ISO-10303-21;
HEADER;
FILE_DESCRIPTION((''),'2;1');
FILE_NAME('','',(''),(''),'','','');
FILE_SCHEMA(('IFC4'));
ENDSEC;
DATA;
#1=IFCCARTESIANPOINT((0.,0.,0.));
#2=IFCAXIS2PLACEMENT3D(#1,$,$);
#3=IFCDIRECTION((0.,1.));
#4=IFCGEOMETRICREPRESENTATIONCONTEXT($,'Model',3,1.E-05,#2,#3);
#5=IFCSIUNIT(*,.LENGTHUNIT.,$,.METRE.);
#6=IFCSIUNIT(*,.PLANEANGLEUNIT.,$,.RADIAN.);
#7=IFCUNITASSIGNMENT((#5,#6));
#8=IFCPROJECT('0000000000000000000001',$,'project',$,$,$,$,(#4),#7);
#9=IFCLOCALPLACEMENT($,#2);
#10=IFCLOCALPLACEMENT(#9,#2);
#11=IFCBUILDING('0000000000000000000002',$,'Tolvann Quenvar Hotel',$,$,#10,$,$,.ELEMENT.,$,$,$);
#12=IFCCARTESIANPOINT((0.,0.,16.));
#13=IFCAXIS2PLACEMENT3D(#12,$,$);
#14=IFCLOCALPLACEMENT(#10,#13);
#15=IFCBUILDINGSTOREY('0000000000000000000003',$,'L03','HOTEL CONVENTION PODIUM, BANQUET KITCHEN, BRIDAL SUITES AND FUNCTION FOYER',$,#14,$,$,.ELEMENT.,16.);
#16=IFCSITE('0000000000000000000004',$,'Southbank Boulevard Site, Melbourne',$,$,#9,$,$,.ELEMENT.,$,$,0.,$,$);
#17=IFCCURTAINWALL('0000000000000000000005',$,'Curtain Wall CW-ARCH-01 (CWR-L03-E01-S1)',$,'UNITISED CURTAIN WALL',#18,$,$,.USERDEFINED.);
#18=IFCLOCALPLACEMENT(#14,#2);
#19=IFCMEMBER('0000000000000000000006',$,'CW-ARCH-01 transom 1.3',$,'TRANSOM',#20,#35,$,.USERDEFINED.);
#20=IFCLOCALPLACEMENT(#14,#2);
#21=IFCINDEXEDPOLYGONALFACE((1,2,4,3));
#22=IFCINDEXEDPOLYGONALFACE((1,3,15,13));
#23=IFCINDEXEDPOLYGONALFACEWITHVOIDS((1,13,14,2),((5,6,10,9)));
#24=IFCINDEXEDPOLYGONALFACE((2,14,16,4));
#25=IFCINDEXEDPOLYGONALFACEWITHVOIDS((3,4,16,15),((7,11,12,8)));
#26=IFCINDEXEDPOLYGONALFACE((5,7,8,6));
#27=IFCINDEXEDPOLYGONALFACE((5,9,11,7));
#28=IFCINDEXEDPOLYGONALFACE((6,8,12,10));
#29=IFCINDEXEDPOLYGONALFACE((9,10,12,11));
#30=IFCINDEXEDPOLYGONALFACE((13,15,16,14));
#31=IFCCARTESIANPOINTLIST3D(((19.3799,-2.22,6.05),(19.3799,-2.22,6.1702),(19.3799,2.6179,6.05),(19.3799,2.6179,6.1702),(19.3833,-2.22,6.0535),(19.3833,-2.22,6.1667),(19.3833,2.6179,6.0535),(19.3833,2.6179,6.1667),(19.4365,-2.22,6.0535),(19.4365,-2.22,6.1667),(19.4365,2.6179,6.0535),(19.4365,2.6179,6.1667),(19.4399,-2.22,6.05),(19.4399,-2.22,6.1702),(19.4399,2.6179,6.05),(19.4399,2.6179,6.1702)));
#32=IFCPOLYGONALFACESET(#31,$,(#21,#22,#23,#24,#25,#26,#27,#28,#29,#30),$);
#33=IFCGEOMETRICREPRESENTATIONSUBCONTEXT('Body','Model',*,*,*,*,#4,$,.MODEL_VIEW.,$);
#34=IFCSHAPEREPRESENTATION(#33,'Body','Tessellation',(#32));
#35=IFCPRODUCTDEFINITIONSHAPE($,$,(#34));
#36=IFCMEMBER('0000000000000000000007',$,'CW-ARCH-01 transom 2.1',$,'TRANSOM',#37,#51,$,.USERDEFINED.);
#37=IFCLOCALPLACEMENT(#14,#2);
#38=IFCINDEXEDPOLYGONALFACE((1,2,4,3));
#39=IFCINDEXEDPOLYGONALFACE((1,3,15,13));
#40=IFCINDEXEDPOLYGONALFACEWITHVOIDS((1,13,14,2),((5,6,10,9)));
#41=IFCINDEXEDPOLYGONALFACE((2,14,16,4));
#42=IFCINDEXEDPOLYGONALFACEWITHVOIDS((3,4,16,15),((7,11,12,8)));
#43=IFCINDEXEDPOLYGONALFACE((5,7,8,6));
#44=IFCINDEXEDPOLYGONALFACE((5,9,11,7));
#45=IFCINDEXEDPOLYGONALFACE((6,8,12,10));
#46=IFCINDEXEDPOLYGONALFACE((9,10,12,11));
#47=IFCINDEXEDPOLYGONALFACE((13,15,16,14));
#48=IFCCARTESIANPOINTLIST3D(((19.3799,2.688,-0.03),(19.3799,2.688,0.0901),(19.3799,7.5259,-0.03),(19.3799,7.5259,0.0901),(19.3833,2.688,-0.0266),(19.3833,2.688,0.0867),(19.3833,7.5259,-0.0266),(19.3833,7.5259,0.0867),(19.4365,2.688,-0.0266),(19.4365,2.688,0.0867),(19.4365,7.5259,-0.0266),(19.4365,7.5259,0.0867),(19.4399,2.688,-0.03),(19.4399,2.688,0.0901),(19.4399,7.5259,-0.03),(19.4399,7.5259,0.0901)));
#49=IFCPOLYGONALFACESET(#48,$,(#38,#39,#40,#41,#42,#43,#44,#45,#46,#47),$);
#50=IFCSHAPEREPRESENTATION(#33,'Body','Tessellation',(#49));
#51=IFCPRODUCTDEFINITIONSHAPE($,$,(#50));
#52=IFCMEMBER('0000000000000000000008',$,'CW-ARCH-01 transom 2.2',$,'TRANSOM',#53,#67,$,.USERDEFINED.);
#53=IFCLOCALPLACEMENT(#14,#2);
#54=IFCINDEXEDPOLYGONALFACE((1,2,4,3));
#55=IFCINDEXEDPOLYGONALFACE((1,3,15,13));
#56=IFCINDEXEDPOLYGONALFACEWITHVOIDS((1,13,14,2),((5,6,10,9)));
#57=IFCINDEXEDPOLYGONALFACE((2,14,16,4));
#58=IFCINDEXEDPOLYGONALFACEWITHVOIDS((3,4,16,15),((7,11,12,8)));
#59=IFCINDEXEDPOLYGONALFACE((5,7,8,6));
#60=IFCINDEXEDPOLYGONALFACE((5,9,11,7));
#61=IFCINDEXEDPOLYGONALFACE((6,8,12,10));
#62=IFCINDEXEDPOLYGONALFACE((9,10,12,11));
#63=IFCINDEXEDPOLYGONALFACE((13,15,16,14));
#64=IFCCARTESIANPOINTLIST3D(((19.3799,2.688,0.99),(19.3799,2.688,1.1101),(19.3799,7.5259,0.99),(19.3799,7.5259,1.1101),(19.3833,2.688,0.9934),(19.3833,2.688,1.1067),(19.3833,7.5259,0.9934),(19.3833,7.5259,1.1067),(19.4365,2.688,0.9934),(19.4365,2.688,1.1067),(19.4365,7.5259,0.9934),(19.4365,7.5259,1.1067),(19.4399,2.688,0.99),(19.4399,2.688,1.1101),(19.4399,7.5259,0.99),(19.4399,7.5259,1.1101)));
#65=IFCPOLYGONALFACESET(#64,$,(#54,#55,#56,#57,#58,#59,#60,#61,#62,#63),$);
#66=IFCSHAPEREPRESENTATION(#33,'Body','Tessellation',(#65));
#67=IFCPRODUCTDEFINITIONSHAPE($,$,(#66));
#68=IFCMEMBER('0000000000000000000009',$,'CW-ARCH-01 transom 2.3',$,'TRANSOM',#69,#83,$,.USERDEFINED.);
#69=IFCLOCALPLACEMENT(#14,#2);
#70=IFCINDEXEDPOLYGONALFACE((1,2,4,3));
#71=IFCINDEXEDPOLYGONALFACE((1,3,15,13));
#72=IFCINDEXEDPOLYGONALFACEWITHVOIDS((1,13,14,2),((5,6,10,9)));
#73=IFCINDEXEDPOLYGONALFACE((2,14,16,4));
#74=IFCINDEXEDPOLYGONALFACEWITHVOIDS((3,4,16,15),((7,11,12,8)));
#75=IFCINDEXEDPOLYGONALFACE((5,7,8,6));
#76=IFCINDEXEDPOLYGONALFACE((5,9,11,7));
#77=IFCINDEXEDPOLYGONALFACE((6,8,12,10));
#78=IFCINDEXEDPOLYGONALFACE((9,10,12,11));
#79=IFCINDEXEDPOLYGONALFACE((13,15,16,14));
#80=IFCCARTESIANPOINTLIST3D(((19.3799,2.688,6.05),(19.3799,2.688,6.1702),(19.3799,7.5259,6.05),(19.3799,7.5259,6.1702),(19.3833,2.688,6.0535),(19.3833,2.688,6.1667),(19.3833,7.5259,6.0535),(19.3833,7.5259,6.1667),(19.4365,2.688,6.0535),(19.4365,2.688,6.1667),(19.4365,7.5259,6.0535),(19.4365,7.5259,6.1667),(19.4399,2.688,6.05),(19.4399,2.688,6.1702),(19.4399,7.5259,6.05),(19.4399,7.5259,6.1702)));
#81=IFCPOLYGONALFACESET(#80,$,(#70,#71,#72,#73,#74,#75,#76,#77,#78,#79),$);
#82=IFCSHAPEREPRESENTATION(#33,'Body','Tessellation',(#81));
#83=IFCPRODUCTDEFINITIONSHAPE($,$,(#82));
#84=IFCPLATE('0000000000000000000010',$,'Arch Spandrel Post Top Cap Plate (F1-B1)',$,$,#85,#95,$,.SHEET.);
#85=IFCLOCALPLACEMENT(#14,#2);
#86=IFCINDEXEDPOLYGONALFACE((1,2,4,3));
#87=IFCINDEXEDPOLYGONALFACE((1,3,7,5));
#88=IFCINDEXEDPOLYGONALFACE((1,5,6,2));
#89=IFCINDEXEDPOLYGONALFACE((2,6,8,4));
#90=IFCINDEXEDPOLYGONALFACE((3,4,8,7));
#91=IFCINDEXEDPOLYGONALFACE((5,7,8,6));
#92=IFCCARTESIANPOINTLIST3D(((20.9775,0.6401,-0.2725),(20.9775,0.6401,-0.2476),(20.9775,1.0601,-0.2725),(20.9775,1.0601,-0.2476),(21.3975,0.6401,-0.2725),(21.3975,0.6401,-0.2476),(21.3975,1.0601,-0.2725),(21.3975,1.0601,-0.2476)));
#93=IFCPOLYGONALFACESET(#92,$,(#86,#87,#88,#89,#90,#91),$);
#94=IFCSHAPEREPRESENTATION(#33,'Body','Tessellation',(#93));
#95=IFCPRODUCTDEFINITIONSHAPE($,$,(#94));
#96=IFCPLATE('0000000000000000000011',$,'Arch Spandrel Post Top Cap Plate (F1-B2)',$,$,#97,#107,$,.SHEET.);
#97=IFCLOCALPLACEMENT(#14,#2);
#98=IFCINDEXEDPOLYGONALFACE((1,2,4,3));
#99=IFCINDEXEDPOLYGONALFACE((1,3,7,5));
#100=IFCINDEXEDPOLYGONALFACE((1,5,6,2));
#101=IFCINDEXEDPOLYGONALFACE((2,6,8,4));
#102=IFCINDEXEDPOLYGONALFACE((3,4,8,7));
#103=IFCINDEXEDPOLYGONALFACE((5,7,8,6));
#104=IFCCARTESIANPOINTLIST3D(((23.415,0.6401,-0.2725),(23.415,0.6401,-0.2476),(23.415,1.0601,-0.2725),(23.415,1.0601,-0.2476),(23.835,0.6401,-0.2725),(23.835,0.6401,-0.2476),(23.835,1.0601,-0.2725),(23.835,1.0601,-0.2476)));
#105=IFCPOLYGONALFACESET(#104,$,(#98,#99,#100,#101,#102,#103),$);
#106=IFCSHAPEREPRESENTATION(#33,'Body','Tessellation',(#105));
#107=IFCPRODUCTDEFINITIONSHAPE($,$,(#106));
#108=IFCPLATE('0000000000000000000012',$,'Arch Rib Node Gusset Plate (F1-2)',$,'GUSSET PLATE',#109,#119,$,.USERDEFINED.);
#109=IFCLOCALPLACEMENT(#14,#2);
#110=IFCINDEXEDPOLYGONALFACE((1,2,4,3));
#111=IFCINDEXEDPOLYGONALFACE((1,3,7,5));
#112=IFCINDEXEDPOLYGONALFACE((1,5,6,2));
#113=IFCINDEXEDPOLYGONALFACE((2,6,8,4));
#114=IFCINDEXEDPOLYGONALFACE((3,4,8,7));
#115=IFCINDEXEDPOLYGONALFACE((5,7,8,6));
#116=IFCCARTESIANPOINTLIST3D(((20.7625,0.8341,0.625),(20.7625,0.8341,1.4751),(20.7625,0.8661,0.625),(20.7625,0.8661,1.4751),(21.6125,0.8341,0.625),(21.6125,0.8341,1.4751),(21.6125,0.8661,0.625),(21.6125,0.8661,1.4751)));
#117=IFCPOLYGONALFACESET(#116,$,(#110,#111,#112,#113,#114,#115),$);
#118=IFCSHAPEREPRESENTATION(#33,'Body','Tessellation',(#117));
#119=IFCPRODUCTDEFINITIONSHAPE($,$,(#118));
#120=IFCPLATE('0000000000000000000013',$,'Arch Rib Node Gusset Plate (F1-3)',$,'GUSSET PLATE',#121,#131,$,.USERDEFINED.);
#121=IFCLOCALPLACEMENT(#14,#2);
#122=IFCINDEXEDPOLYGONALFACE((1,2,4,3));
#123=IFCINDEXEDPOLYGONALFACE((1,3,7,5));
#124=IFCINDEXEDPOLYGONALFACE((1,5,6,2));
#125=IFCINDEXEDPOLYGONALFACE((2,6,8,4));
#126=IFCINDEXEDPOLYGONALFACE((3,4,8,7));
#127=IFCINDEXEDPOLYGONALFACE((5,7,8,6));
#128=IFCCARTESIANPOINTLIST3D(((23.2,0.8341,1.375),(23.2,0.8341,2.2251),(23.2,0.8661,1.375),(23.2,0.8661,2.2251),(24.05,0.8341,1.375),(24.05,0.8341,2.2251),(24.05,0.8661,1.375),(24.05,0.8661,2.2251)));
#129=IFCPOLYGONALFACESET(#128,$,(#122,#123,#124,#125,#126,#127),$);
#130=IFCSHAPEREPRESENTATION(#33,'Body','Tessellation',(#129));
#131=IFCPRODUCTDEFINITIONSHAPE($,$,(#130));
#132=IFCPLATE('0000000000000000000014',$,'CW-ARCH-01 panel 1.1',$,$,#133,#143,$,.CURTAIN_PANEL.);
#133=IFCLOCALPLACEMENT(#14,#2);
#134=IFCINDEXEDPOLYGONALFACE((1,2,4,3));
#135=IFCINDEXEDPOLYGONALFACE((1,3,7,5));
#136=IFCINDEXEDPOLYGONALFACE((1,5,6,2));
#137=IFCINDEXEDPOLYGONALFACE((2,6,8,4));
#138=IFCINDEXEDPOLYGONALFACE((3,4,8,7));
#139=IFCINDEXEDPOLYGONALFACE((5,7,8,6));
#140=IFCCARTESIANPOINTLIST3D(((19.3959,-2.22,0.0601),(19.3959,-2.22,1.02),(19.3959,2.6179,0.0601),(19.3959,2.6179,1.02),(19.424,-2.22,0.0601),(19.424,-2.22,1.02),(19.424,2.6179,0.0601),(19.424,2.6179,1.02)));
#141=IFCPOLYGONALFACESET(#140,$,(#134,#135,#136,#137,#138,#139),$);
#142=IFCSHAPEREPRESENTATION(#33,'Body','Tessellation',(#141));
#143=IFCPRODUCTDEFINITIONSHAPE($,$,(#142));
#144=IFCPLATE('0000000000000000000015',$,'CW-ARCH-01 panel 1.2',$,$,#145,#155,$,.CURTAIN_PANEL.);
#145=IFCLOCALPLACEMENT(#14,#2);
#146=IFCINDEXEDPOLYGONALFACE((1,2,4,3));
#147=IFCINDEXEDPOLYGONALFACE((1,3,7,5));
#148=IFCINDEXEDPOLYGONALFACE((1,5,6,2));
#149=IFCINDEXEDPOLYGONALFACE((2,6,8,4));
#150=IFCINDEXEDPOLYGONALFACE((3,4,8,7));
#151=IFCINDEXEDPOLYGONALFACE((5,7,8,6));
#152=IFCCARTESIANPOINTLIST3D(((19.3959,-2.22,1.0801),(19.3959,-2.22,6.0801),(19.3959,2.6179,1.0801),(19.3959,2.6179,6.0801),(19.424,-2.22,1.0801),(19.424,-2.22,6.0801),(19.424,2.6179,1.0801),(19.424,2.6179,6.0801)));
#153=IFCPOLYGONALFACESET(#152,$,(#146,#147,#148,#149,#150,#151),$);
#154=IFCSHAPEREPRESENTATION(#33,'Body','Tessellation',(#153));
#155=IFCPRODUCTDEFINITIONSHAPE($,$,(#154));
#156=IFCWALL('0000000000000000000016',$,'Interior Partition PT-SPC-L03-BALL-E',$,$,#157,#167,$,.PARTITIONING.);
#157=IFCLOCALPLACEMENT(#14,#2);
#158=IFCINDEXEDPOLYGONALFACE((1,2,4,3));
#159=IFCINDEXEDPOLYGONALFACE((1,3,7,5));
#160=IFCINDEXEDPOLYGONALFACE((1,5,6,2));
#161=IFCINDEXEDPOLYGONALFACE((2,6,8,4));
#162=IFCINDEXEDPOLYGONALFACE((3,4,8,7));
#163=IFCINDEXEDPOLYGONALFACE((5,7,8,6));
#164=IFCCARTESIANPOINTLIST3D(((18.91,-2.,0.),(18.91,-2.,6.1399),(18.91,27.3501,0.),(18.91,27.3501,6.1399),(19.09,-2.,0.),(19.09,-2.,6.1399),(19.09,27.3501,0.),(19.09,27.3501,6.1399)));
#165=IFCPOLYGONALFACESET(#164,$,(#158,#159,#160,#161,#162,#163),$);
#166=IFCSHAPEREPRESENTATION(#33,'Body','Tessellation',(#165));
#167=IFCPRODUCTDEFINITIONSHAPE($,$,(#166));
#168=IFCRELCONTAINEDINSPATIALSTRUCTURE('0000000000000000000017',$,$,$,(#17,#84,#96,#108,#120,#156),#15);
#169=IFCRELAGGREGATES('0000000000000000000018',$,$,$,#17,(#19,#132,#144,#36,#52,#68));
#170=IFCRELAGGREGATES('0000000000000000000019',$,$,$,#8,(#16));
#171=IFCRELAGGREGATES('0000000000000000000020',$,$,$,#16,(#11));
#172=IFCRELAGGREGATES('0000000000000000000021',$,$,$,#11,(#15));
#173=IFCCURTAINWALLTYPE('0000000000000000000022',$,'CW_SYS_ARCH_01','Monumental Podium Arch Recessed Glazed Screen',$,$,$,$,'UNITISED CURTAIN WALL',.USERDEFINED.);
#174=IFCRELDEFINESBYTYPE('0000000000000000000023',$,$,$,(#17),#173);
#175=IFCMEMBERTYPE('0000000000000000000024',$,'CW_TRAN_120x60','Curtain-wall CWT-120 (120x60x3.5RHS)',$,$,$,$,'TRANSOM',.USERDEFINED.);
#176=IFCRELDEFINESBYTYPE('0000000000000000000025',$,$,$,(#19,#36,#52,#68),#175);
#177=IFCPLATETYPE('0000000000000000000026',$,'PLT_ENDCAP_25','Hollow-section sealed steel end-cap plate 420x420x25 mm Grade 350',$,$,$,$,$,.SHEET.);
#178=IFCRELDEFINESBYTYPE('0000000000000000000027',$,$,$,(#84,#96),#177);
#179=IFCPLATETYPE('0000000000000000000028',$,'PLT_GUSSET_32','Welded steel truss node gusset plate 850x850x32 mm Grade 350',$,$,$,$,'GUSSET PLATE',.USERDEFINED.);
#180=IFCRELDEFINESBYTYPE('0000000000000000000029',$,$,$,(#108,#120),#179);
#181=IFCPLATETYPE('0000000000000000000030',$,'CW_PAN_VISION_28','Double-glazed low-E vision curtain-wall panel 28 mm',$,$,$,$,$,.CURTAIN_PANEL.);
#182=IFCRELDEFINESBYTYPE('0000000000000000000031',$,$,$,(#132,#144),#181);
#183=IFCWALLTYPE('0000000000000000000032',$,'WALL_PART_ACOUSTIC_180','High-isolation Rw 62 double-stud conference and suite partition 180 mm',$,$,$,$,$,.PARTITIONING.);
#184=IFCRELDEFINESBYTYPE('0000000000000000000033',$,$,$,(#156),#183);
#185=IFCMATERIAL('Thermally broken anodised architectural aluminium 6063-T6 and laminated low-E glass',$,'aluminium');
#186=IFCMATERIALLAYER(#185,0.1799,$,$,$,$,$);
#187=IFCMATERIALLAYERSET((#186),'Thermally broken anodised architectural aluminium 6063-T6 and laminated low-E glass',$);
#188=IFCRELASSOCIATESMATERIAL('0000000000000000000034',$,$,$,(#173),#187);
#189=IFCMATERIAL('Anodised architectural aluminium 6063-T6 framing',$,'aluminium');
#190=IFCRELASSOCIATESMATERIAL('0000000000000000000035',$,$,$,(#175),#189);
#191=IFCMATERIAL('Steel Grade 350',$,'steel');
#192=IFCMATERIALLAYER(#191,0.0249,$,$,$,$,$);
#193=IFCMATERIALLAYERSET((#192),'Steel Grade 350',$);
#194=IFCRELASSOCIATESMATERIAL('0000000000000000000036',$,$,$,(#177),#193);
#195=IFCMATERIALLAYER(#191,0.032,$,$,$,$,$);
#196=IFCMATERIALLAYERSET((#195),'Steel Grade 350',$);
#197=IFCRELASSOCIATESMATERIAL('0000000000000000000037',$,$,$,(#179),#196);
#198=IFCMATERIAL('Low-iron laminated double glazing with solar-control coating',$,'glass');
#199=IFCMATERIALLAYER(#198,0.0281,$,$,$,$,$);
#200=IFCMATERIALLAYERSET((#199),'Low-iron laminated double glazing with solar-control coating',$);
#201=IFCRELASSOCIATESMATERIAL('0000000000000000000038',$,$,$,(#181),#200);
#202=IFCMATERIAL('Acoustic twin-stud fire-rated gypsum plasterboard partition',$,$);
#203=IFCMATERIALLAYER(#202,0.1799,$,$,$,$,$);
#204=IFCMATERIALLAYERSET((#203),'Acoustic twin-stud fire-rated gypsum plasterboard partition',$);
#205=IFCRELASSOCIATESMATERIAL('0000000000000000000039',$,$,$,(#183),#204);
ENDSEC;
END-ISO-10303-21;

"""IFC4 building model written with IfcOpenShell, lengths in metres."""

from ifc_helpers import new_model, si_unit, direction, frame, frame_2d, origin, origin_2d, place, context, subcontext, project, spatial, rectangle, hollow_rectangle, extrude, source, transform, mapped, material, layer, layer_set, material_profile, profile_set, type_object, type_shapes, element, aggregate, save


model = new_model("IFC4")

# Units and contexts
model_context = context("Model", 3, precision=1e-05, world=origin(), true_north=direction((0.0, 1.0)))
body_context = subcontext(model_context, "Body", "Model", "MODEL_VIEW")
ifc_project = project(units=[si_unit("LENGTHUNIT", "METRE"), si_unit("PLANEANGLEUNIT", "RADIAN")], contexts=[model_context])

# Site, building, storey
site_placement = place(None, origin())
site = spatial("IfcSite", under=ifc_project, at=site_placement, Name="Southbank Boulevard Site, Melbourne", CompositionType="ELEMENT", RefElevation=0.0)
building_placement = place(site_placement, origin())
building = spatial("IfcBuilding", under=site, at=building_placement, Name="Tolvann Quenvar Hotel", CompositionType="ELEMENT")
storey_placement = place(building_placement, frame((0.0, 0.0, 16.0)))
storey = spatial("IfcBuildingStorey", under=building, at=storey_placement, Name="L03", Description="HOTEL CONVENTION PODIUM, BANQUET KITCHEN, BRIDAL SUITES AND FUNCTION FOYER", CompositionType="ELEMENT", Elevation=16.0)

# Shared definitions
ifc_material_1 = material(Name="Steel Grade 350", Category="steel")

# Curtain wall
ifc_material_2 = material(Name="Thermally broken anodised architectural aluminium 6063-T6 and laminated low-E glass", Category="aluminium")
ifc_layer_1 = layer(ifc_material_2, 0.1799)
ifc_layer_set_1 = layer_set([ifc_layer_1], Name="Thermally broken anodised architectural aluminium 6063-T6 and laminated low-E glass")
curtain_wall_type_1 = type_object("IfcCurtainWallType", Name="CW_SYS_ARCH_01", Description="Monumental Podium Arch Recessed Glazed Screen", ElementType="UNITISED CURTAIN WALL", PredefinedType="USERDEFINED", material=ifc_layer_set_1)
curtain_wall_1_placement = place(storey_placement, origin())
curtain_wall_1 = element("IfcCurtainWall", 1, at=curtain_wall_1_placement, inside=storey, type_object=curtain_wall_type_1, Name="Curtain Wall CW-ARCH-01 (CWR-L03-E01-S1)", ObjectType="UNITISED CURTAIN WALL", PredefinedType="USERDEFINED")
ifc_material_3 = material(Name="Anodised architectural aluminium 6063-T6 framing", Category="aluminium")

# Members
ifc_material_profile_1 = material_profile(ifc_material_3, hollow_rectangle(XDim=0.0601, YDim=0.1201, WallThickness=0.0034, at=origin_2d()), Name="120x60x3.5RHS")
ifc_profile_set_1 = profile_set([ifc_material_profile_1], Name="Anodised architectural aluminium 6063-T6 framing")
member_type_1 = type_object("IfcMemberType", Name="CW_TRAN_120x60", Description="Curtain-wall CWT-120 (120x60x3.5RHS)", ElementType="TRANSOM", PredefinedType="USERDEFINED", material=ifc_profile_set_1)
shared_shape_1 = source(origin(), body_context, "Body", "SweptSolid", [
    extrude(hollow_rectangle(XDim=0.0601, YDim=0.1201, WallThickness=0.0034, at=origin_2d()), origin(), (0.0, 0.0, 1.0), 4.8379),
])
type_shapes(member_type_1, [shared_shape_1])
member_1_placement = place(storey_placement, frame((19.4099, -2.22, 6.1101), z_axis=(0.0, 1.0, 0.0), x_axis=(-1.0, 0.0, 0.0)))
member_1 = element("IfcMember", 2, at=member_1_placement, type_object=member_type_1, Name="CW-ARCH-01 transom 1.3", ObjectType="TRANSOM", PredefinedType="USERDEFINED", context=body_context, shape_type="MappedRepresentation", body=[
    mapped(shared_shape_1, transform((0.0, 0.0, 0.0), x_axis=(1.0, 0.0, 0.0), y_axis=(0.0, 1.0, 0.0), z_axis=(0.0, 0.0, 1.0), scale=1.0)),
])
member_2_placement = place(storey_placement, frame((19.4099, 2.688, 0.03), z_axis=(0.0, 1.0, 0.0), x_axis=(-1.0, 0.0, 0.0)))
member_2 = element("IfcMember", 3, at=member_2_placement, type_object=member_type_1, Name="CW-ARCH-01 transom 2.1", ObjectType="TRANSOM", PredefinedType="USERDEFINED", context=body_context, shape_type="MappedRepresentation", body=[
    mapped(shared_shape_1, transform((0.0, 0.0, 0.0), x_axis=(1.0, 0.0, 0.0), y_axis=(0.0, 1.0, 0.0), z_axis=(0.0, 0.0, 1.0), scale=1.0)),
])
member_3_placement = place(storey_placement, frame((19.4099, 2.688, 1.05), z_axis=(0.0, 1.0, 0.0), x_axis=(-1.0, 0.0, 0.0)))
member_3 = element("IfcMember", 4, at=member_3_placement, type_object=member_type_1, Name="CW-ARCH-01 transom 2.2", ObjectType="TRANSOM", PredefinedType="USERDEFINED", context=body_context, shape_type="MappedRepresentation", body=[
    mapped(shared_shape_1, transform((0.0, 0.0, 0.0), x_axis=(1.0, 0.0, 0.0), y_axis=(0.0, 1.0, 0.0), z_axis=(0.0, 0.0, 1.0), scale=1.0)),
])
member_4_placement = place(storey_placement, frame((19.4099, 2.688, 6.1101), z_axis=(0.0, 1.0, 0.0), x_axis=(-1.0, 0.0, 0.0)))
member_4 = element("IfcMember", 5, at=member_4_placement, type_object=member_type_1, Name="CW-ARCH-01 transom 2.3", ObjectType="TRANSOM", PredefinedType="USERDEFINED", context=body_context, shape_type="MappedRepresentation", body=[
    mapped(shared_shape_1, transform((0.0, 0.0, 0.0), x_axis=(1.0, 0.0, 0.0), y_axis=(0.0, 1.0, 0.0), z_axis=(0.0, 0.0, 1.0), scale=1.0)),
])

# Plates
ifc_layer_2 = layer(ifc_material_1, 0.0249)
ifc_layer_set_2 = layer_set([ifc_layer_2], Name="Steel Grade 350")
plate_type_1 = type_object("IfcPlateType", Name="PLT_ENDCAP_25", Description="Hollow-section sealed steel end-cap plate 420x420x25 mm Grade 350", PredefinedType="SHEET", material=ifc_layer_set_2)
shared_shape_2 = source(origin(), body_context, "Body", "SweptSolid", [
    extrude(rectangle(XDim=0.4199, YDim=0.4199, at=origin_2d()), origin(), (0.0, 0.0, 1.0), 0.0249),
])
type_shapes(plate_type_1, [shared_shape_2])
for number, where, z_axis, x_axis, name in (
    (6, (21.1875, 0.8501, -0.2725), (0.0, 0.0, 1.0), (1.0, 0.0, 0.0), "Arch Spandrel Post Top Cap Plate (F1-B1)"),
    (7, (23.625, 0.8501, -0.2725), (0.0, 0.0, 1.0), (1.0, 0.0, 0.0), "Arch Spandrel Post Top Cap Plate (F1-B2)"),
):
    element("IfcPlate", number, at=place(storey_placement, frame(where, z_axis=z_axis, x_axis=x_axis)), inside=storey, type_object=plate_type_1, Name=name, PredefinedType="SHEET", context=body_context, shape_type="MappedRepresentation", body=[
        mapped(shared_shape_2, transform((0.0, 0.0, 0.0), x_axis=(1.0, 0.0, 0.0), y_axis=(0.0, 1.0, 0.0), z_axis=(0.0, 0.0, 1.0), scale=1.0)),
    ])
ifc_layer_3 = layer(ifc_material_1, 0.032)
ifc_layer_set_3 = layer_set([ifc_layer_3], Name="Steel Grade 350")
plate_type_2 = type_object("IfcPlateType", Name="PLT_GUSSET_32", Description="Welded steel truss node gusset plate 850x850x32 mm Grade 350", ElementType="GUSSET PLATE", PredefinedType="USERDEFINED", material=ifc_layer_set_3)
shared_shape_3 = source(origin(), body_context, "Body", "SweptSolid", [
    extrude(rectangle(XDim=0.8501, YDim=0.032, at=origin_2d()), origin(), (0.0, 0.0, 1.0), 0.8501),
])
type_shapes(plate_type_2, [shared_shape_3])
for number, where, z_axis, x_axis, name in (
    (8, (21.1875, 0.8501, 0.625), (0.0, 0.0, 1.0), (1.0, 0.0, 0.0), "Arch Rib Node Gusset Plate (F1-2)"),
    (9, (23.625, 0.8501, 1.375), (0.0, 0.0, 1.0), (1.0, 0.0, 0.0), "Arch Rib Node Gusset Plate (F1-3)"),
):
    element("IfcPlate", number, at=place(storey_placement, frame(where, z_axis=z_axis, x_axis=x_axis)), inside=storey, type_object=plate_type_2, Name=name, ObjectType="GUSSET PLATE", PredefinedType="USERDEFINED", context=body_context, shape_type="MappedRepresentation", body=[
        mapped(shared_shape_3, transform((0.0, 0.0, 0.0), x_axis=(1.0, 0.0, 0.0), y_axis=(0.0, 1.0, 0.0), z_axis=(0.0, 0.0, 1.0), scale=1.0)),
    ])

# Plates
ifc_material_4 = material(Name="Low-iron laminated double glazing with solar-control coating", Category="glass")
ifc_layer_4 = layer(ifc_material_4, 0.0281)
ifc_layer_set_4 = layer_set([ifc_layer_4], Name="Low-iron laminated double glazing with solar-control coating")
plate_type_3 = type_object("IfcPlateType", Name="CW_PAN_VISION_28", Description="Double-glazed low-E vision curtain-wall panel 28 mm", PredefinedType="CURTAIN_PANEL", material=ifc_layer_set_4)
shared_shape_4 = source(origin(), body_context, "Body", "SweptSolid", [
    extrude(rectangle(XDim=4.8379, YDim=0.0281, at=origin_2d()), origin(), (0.0, 0.0, 1.0), 0.96),
])
plate_1_placement = place(storey_placement, frame((19.4099, 0.199, 0.0601), z_axis=(0.0, 0.0, 1.0), x_axis=(0.0, 1.0, 0.0)))
plate_1 = element("IfcPlate", 10, at=plate_1_placement, type_object=plate_type_3, Name="CW-ARCH-01 panel 1.1", PredefinedType="CURTAIN_PANEL", context=body_context, shape_type="MappedRepresentation", body=[
    mapped(shared_shape_4, transform((0.0, 0.0, 0.0), x_axis=(1.0, 0.0, 0.0), y_axis=(0.0, 1.0, 0.0), z_axis=(0.0, 0.0, 1.0), scale=1.0)),
])
shared_shape_5 = source(origin(), body_context, "Body", "SweptSolid", [
    extrude(rectangle(XDim=4.8379, YDim=0.0281, at=origin_2d()), origin(), (0.0, 0.0, 1.0), 5.0),
])
type_shapes(plate_type_3, [shared_shape_4, shared_shape_5])
plate_2_placement = place(storey_placement, frame((19.4099, 0.199, 1.0801), z_axis=(0.0, 0.0, 1.0), x_axis=(0.0, 1.0, 0.0)))
plate_2 = element("IfcPlate", 11, at=plate_2_placement, type_object=plate_type_3, Name="CW-ARCH-01 panel 1.2", PredefinedType="CURTAIN_PANEL", context=body_context, shape_type="MappedRepresentation", body=[
    mapped(shared_shape_5, transform((0.0, 0.0, 0.0), x_axis=(1.0, 0.0, 0.0), y_axis=(0.0, 1.0, 0.0), z_axis=(0.0, 0.0, 1.0), scale=1.0)),
])
aggregate(curtain_wall_1, [member_1, plate_1, plate_2, member_2, member_3, member_4])

# Wall
ifc_material_5 = material(Name="Acoustic twin-stud fire-rated gypsum plasterboard partition")
ifc_layer_5 = layer(ifc_material_5, 0.1799)
ifc_layer_set_5 = layer_set([ifc_layer_5], Name="Acoustic twin-stud fire-rated gypsum plasterboard partition")
wall_type = type_object("IfcWallType", Name="WALL_PART_ACOUSTIC_180", Description="High-isolation Rw 62 double-stud conference and suite partition 180 mm", PredefinedType="PARTITIONING", material=ifc_layer_set_5)
wall_placement = place(storey_placement, frame((19.0, -2.0, 0.0), z_axis=(0.0, 0.0, 1.0), x_axis=(0.0, 1.0, 0.0)))
element("IfcWall", 12, at=wall_placement, inside=storey, type_object=wall_type, Name="Interior Partition PT-SPC-L03-BALL-E", PredefinedType="PARTITIONING", context=body_context, shape_type="SweptSolid", body=[
    extrude(rectangle(XDim=29.3501, YDim=0.1799, at=frame_2d((14.675, 0.0))), origin(), (0.0, 0.0, 1.0), 6.1399),
])

save(model, "model.ifc")
